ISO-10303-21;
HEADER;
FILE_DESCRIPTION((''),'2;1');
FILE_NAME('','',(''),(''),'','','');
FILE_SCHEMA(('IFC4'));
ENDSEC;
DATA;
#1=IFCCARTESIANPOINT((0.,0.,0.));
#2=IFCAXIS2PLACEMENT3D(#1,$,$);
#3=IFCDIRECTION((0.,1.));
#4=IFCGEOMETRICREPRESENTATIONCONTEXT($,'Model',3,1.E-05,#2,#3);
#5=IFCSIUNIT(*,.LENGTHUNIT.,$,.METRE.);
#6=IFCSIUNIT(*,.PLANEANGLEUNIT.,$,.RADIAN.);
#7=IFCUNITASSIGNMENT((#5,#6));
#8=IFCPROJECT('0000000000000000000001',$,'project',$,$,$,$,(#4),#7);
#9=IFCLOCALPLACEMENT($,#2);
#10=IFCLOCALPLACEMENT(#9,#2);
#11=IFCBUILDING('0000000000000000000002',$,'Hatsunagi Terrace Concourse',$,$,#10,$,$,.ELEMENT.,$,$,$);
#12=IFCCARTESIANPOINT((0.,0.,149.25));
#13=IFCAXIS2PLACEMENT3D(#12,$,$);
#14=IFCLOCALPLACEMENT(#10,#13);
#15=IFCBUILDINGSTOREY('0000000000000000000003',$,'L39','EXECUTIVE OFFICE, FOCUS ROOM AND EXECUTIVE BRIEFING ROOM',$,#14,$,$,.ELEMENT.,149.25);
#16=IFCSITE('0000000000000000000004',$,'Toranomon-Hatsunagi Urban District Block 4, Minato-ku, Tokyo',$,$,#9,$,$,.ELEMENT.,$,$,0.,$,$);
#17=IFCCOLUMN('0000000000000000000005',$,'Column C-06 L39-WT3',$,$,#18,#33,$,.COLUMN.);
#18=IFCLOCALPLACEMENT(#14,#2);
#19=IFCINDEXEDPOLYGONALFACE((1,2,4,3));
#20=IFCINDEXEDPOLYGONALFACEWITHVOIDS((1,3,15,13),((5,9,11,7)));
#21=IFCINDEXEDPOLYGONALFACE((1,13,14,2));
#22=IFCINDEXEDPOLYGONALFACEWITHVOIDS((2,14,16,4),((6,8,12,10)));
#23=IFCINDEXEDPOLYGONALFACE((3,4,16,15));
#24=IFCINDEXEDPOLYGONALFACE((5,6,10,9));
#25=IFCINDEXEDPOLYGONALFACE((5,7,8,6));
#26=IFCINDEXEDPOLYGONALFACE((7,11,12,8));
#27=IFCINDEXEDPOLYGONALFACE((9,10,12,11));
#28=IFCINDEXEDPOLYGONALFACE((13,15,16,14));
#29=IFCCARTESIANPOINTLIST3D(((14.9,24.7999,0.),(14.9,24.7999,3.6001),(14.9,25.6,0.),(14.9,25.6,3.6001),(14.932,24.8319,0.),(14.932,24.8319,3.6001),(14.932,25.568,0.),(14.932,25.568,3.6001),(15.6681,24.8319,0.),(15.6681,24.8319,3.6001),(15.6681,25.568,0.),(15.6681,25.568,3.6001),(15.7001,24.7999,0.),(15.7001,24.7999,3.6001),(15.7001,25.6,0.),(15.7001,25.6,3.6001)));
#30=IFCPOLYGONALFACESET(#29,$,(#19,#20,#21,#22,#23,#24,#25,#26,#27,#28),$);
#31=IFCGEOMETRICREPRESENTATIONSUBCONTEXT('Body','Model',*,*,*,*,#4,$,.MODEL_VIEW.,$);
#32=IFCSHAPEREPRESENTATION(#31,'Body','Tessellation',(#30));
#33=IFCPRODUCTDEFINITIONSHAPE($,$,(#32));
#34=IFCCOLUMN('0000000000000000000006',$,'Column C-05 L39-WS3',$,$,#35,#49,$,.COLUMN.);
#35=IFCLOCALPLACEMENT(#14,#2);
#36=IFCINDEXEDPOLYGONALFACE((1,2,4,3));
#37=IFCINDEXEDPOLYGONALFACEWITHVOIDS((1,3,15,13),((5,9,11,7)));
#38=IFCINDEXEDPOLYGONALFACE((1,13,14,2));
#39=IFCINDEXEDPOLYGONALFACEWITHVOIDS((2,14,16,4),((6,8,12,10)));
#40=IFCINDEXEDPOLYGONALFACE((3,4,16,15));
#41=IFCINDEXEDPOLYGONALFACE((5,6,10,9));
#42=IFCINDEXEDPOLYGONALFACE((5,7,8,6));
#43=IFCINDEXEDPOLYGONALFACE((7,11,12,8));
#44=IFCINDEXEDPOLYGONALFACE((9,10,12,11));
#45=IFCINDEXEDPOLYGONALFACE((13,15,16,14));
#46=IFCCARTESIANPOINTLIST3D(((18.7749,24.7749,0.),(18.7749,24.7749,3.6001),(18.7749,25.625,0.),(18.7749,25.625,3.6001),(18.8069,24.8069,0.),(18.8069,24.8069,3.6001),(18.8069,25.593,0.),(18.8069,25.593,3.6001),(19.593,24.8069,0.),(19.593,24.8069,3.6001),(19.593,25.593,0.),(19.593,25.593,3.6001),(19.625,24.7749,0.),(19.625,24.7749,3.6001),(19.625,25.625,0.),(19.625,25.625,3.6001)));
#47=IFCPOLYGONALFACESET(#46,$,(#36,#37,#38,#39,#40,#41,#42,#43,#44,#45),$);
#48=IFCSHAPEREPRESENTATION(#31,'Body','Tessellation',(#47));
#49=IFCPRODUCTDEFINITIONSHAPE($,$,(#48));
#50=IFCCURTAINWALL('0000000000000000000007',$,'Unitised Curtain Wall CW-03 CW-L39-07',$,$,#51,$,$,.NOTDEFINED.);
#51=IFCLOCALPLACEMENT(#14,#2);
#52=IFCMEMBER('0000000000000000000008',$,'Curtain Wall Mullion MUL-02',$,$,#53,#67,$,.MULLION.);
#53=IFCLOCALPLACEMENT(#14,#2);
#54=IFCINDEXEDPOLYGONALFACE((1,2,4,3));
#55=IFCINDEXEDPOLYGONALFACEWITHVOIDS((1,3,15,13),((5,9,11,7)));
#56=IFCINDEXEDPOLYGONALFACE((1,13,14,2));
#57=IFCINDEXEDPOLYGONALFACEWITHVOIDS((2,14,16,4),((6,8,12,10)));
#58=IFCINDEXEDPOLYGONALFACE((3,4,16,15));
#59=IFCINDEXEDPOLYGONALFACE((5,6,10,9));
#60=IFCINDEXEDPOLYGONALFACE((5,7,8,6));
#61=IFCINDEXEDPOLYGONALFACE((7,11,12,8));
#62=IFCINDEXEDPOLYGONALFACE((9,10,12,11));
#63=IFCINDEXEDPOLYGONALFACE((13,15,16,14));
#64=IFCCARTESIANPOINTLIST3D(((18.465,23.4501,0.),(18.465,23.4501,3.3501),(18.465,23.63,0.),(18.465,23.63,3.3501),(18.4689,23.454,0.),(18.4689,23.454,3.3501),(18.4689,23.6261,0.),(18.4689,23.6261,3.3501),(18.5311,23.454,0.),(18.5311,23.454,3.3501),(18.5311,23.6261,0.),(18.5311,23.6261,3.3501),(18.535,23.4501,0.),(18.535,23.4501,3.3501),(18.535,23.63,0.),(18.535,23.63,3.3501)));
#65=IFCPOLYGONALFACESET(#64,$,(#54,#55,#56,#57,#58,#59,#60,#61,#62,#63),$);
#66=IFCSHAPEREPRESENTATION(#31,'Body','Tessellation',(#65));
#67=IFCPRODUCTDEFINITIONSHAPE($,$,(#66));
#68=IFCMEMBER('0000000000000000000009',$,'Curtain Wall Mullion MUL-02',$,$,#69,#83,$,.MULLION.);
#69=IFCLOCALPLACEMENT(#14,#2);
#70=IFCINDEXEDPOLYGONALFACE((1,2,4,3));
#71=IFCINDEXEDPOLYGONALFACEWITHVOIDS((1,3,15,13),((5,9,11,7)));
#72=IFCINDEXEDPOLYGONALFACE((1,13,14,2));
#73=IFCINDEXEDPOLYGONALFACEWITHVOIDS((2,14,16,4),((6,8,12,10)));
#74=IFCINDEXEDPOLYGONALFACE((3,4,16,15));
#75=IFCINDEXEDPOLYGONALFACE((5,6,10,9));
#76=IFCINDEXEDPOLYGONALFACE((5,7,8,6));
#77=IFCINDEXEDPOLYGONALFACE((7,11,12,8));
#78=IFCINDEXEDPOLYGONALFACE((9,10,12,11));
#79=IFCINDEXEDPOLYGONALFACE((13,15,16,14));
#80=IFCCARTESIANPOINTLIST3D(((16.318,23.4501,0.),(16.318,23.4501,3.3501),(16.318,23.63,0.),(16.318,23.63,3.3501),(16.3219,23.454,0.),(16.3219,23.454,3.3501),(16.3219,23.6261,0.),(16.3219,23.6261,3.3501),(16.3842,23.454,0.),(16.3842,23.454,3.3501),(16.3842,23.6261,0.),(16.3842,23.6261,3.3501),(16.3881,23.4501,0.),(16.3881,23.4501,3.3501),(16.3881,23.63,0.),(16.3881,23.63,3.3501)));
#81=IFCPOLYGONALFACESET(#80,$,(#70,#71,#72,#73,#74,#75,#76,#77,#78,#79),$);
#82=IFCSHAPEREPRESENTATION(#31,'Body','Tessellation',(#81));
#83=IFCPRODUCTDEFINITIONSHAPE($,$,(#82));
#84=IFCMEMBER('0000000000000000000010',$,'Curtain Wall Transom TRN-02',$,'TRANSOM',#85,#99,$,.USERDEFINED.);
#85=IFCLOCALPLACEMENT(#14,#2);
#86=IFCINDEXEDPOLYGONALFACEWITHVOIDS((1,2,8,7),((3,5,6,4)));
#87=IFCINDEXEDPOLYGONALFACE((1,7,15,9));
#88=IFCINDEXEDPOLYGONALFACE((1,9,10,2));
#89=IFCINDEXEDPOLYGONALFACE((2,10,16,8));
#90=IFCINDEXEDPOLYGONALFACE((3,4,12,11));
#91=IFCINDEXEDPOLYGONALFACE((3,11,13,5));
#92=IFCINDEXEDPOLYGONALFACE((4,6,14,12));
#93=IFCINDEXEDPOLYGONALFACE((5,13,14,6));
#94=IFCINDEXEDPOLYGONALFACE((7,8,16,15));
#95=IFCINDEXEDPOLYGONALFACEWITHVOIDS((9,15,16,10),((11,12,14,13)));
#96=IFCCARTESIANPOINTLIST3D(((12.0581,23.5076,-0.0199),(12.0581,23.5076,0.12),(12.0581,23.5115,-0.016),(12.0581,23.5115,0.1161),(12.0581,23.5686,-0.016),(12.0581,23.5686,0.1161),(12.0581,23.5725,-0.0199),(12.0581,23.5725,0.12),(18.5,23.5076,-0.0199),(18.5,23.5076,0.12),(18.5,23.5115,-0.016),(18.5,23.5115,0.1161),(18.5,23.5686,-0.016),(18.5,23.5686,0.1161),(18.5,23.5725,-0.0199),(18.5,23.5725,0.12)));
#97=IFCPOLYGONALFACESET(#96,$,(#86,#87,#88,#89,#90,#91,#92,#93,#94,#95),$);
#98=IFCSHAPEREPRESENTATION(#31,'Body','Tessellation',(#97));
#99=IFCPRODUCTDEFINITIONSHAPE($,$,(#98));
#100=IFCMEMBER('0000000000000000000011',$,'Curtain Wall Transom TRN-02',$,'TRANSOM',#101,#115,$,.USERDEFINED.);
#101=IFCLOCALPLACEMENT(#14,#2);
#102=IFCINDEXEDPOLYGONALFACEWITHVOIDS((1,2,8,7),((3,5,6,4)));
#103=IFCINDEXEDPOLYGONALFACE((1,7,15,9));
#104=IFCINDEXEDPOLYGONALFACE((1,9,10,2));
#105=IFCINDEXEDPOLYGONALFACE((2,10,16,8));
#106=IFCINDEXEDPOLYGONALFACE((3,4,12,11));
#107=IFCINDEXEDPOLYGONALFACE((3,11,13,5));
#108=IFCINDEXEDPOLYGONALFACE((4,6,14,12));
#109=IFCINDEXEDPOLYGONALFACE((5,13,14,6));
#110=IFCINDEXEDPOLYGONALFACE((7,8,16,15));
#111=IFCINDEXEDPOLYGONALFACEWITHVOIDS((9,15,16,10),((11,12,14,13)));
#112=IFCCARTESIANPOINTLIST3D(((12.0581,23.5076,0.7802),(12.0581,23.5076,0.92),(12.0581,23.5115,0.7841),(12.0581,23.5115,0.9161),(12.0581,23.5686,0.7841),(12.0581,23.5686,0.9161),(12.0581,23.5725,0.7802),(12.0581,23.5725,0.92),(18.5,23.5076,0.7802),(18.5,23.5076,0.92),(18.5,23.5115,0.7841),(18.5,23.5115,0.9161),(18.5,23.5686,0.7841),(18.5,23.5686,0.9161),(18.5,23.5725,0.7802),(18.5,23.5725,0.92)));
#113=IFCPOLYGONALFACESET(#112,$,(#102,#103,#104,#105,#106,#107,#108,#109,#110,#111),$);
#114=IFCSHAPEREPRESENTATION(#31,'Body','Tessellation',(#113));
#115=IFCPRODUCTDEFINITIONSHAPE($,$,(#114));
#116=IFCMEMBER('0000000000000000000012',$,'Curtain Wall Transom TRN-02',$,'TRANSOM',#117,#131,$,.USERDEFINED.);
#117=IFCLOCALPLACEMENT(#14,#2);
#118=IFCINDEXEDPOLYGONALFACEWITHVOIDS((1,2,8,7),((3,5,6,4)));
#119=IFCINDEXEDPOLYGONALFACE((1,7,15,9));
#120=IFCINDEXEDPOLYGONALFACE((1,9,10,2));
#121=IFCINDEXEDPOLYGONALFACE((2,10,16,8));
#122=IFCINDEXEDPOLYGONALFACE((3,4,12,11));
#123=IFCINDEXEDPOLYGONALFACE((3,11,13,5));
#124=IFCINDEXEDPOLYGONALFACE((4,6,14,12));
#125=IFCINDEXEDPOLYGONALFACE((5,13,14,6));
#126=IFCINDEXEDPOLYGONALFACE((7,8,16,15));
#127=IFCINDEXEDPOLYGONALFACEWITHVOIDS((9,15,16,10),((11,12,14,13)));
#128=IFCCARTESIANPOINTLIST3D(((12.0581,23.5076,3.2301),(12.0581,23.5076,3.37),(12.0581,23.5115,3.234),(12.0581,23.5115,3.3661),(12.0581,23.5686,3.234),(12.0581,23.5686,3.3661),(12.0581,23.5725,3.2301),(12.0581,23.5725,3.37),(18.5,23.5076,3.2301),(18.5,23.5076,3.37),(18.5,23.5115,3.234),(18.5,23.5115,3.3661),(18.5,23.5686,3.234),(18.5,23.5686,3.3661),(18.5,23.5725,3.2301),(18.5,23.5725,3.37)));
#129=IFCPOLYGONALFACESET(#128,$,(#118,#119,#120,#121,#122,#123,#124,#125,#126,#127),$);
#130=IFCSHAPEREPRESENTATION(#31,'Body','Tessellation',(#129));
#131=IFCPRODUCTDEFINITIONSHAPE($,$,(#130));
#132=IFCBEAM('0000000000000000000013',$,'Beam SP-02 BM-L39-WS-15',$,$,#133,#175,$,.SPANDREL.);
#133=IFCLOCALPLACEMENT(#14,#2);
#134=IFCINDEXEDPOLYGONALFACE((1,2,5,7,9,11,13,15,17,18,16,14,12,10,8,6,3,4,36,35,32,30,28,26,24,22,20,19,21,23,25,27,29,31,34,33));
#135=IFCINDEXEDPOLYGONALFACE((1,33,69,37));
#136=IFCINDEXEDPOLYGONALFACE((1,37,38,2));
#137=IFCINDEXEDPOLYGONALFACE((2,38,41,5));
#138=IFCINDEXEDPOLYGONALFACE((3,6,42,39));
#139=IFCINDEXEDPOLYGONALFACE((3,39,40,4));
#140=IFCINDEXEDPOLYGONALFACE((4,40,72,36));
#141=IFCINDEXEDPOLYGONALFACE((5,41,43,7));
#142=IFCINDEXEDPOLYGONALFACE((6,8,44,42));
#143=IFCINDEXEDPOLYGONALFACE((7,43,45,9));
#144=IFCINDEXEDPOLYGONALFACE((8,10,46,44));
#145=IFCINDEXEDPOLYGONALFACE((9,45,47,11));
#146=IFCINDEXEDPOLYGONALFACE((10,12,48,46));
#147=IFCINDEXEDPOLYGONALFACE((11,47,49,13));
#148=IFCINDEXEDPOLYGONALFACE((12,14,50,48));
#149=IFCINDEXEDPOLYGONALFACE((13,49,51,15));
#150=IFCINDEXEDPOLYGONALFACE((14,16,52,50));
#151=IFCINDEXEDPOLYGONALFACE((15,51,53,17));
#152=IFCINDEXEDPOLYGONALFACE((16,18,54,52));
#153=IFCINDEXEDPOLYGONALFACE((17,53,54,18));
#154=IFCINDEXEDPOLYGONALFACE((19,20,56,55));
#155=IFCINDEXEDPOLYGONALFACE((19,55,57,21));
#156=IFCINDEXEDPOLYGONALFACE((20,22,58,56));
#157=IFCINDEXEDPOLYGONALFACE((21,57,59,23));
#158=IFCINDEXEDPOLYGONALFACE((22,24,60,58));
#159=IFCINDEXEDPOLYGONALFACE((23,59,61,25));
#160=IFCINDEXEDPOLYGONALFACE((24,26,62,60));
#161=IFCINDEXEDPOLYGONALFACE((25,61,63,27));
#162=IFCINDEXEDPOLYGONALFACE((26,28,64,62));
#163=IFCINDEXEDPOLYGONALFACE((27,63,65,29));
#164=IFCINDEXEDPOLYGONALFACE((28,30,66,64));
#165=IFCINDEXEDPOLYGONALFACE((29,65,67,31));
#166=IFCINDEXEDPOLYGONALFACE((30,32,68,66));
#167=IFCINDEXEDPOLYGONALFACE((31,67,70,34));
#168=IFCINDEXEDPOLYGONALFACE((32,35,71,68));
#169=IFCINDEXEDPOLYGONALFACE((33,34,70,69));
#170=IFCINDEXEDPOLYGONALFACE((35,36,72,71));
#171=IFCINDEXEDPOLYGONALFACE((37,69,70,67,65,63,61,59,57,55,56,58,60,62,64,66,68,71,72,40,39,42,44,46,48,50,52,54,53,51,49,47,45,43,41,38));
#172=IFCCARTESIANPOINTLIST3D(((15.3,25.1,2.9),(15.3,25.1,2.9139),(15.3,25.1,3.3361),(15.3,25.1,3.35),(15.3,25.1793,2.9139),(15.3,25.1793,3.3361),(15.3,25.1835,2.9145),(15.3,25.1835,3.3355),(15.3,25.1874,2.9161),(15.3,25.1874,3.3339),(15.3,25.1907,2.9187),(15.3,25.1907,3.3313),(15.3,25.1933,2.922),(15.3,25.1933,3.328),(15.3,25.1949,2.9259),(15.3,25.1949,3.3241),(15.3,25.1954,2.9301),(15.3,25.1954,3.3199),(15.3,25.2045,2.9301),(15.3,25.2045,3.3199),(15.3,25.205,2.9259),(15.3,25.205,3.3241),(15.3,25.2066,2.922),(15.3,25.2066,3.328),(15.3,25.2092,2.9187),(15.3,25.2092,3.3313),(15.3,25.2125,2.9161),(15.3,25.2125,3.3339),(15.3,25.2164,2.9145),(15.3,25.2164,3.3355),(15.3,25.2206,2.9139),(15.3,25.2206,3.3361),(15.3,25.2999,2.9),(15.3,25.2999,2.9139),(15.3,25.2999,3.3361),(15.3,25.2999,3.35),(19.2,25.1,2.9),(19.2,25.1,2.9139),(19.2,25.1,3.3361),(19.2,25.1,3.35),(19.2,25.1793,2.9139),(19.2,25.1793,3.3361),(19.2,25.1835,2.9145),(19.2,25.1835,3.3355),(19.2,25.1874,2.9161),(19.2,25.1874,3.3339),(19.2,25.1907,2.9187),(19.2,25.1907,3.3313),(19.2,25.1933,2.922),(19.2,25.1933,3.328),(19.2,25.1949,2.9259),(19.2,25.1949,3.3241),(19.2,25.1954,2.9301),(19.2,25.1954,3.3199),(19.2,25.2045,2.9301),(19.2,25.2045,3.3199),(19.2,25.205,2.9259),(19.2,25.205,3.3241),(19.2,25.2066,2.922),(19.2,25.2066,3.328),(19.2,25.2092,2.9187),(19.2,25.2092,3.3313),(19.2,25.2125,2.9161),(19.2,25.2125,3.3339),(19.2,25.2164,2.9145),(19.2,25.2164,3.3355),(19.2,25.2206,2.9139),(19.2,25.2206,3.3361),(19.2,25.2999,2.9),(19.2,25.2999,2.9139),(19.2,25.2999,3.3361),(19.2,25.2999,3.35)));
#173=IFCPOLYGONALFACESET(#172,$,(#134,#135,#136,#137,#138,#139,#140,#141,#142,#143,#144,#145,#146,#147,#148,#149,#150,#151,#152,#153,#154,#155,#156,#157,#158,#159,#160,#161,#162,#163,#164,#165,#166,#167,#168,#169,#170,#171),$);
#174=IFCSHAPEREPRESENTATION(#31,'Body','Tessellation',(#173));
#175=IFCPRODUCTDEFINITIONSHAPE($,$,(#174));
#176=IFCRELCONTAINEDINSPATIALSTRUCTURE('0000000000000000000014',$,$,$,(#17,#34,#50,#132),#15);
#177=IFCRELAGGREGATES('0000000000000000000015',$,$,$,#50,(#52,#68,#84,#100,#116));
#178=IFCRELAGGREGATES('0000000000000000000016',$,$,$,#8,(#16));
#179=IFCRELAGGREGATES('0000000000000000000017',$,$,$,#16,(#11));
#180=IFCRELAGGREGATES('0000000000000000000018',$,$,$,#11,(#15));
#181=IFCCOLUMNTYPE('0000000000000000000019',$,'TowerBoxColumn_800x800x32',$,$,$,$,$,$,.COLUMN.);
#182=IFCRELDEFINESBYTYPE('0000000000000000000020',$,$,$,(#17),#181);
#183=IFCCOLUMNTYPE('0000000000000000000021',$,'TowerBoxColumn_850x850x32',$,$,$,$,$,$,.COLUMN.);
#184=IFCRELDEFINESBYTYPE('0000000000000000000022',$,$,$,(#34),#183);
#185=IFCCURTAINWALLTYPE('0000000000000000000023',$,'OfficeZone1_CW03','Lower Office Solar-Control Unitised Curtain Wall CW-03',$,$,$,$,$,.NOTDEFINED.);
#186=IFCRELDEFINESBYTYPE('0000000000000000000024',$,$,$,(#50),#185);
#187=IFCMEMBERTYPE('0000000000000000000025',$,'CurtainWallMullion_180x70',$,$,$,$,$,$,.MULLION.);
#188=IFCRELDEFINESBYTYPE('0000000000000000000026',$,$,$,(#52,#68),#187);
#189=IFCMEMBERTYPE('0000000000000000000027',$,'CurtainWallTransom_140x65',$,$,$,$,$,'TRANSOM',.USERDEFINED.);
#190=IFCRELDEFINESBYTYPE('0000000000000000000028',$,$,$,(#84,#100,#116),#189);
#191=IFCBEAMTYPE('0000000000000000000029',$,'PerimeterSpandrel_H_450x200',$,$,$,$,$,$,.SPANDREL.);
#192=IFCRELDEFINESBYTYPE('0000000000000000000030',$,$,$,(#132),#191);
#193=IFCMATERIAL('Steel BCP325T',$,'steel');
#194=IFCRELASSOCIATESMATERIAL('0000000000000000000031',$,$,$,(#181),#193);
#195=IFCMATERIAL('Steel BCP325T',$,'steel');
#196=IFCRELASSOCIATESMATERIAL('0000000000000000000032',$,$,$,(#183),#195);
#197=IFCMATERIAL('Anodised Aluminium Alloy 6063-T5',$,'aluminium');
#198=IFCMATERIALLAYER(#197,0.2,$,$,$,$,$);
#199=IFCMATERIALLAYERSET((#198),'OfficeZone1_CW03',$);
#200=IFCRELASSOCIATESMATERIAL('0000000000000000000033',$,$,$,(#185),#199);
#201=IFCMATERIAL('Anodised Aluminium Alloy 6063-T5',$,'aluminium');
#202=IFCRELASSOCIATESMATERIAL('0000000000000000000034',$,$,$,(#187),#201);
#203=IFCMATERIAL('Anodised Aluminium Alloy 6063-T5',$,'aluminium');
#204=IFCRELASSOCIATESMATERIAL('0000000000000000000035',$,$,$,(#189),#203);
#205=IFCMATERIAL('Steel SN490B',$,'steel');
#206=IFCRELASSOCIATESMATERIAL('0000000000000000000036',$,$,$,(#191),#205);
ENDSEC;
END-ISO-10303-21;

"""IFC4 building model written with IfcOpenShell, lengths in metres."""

from ifc_helpers import new_model, si_unit, direction, frame, origin, origin_2d, place, context, subcontext, project, spatial, hollow_rectangle, i_section, extrude, material, layer, layer_set, material_profile, profile_set, type_object, element, aggregate, save


model = new_model("IFC4")

# Units and contexts
model_context = context("Model", 3, precision=1e-05, world=origin(), true_north=direction((0.0, 1.0)))
body_context = subcontext(model_context, "Body", "Model", "MODEL_VIEW")
ifc_project = project(units=[si_unit("LENGTHUNIT", "METRE"), si_unit("PLANEANGLEUNIT", "RADIAN")], contexts=[model_context])

# Site, building, storey
site_placement = place(None, origin())
site = spatial("IfcSite", under=ifc_project, at=site_placement, Name="Toranomon-Hatsunagi Urban District Block 4, Minato-ku, Tokyo", CompositionType="ELEMENT", RefElevation=0.0)
building_placement = place(site_placement, origin())
building = spatial("IfcBuilding", under=site, at=building_placement, Name="Hatsunagi Terrace Concourse", CompositionType="ELEMENT")
storey_placement = place(building_placement, frame((0.0, 0.0, 149.25)))
storey = spatial("IfcBuildingStorey", under=building, at=storey_placement, Name="L39", Description="EXECUTIVE OFFICE, FOCUS ROOM AND EXECUTIVE BRIEFING ROOM", CompositionType="ELEMENT", Elevation=149.25)

# Columns
ifc_material_1 = material(Name="Steel BCP325T", Category="steel")
ifc_material_profile_1 = material_profile(ifc_material_1, hollow_rectangle(XDim=0.8, YDim=0.8, WallThickness=0.032, at=origin_2d()), Name="BCP-800x800x32")
ifc_profile_set_1 = profile_set([ifc_material_profile_1], Name="Steel BCP325T")
column_type_1 = type_object("IfcColumnType", Name="TowerBoxColumn_800x800x32", PredefinedType="COLUMN", material=ifc_profile_set_1)
column_1_placement = place(storey_placement, frame((15.3, 25.2, 0.0), z_axis=(0.0, 0.0, 1.0), x_axis=(1.0, 0.0, 0.0)))
element("IfcColumn", 1, at=column_1_placement, inside=storey, type_object=column_type_1, Name="Column C-06 L39-WT3", PredefinedType="COLUMN", context=body_context, shape_type="SweptSolid", body=[
    extrude(hollow_rectangle(XDim=0.8, YDim=0.8, WallThickness=0.032, at=origin_2d()), origin(), (0.0, 0.0, 1.0), 3.6001),
])
ifc_material_2 = material(Name="Steel BCP325T", Category="steel")
ifc_material_profile_2 = material_profile(ifc_material_2, hollow_rectangle(XDim=0.8501, YDim=0.8501, WallThickness=0.032, at=origin_2d()), Name="BCP-850x850x32")
ifc_profile_set_2 = profile_set([ifc_material_profile_2], Name="Steel BCP325T")
column_type_2 = type_object("IfcColumnType", Name="TowerBoxColumn_850x850x32", PredefinedType="COLUMN", material=ifc_profile_set_2)
column_2_placement = place(storey_placement, frame((19.2, 25.2, 0.0), z_axis=(0.0, 0.0, 1.0), x_axis=(1.0, 0.0, 0.0)))
element("IfcColumn", 2, at=column_2_placement, inside=storey, type_object=column_type_2, Name="Column C-05 L39-WS3", PredefinedType="COLUMN", context=body_context, shape_type="SweptSolid", body=[
    extrude(hollow_rectangle(XDim=0.8501, YDim=0.8501, WallThickness=0.032, at=origin_2d()), origin(), (0.0, 0.0, 1.0), 3.6001),
])

# Curtain wall, members
ifc_material_3 = material(Name="Anodised Aluminium Alloy 6063-T5", Category="aluminium")
ifc_layer_1 = layer(ifc_material_3, 0.2)
ifc_layer_set_1 = layer_set([ifc_layer_1], Name="OfficeZone1_CW03")
curtain_wall_type = type_object("IfcCurtainWallType", Name="OfficeZone1_CW03", Description="Lower Office Solar-Control Unitised Curtain Wall CW-03", PredefinedType="NOTDEFINED", material=ifc_layer_set_1)
curtain_wall_placement = place(storey_placement, origin())
curtain_wall = element("IfcCurtainWall", 3, at=curtain_wall_placement, inside=storey, type_object=curtain_wall_type, Name="Unitised Curtain Wall CW-03 CW-L39-07", PredefinedType="NOTDEFINED")
ifc_material_4 = material(Name="Anodised Aluminium Alloy 6063-T5", Category="aluminium")
ifc_material_profile_3 = material_profile(ifc_material_4, hollow_rectangle(XDim=0.0701, YDim=0.1799, WallThickness=0.0039, at=origin_2d()), Name="ALU-MUL-180x70x4")
ifc_profile_set_3 = profile_set([ifc_material_profile_3], Name="Anodised Aluminium Alloy 6063-T5")
member_type_1 = type_object("IfcMemberType", Name="CurtainWallMullion_180x70", PredefinedType="MULLION", material=ifc_profile_set_3)
member_1_placement = place(storey_placement, frame((18.5, 23.54, 0.0), z_axis=(0.0, 0.0, 1.0), x_axis=(-1.0, 0.0, 0.0)))
member_1 = element("IfcMember", 4, at=member_1_placement, type_object=member_type_1, Name="Curtain Wall Mullion MUL-02", PredefinedType="MULLION", context=body_context, shape_type="SweptSolid", body=[
    extrude(hollow_rectangle(XDim=0.0701, YDim=0.1799, WallThickness=0.0039, at=origin_2d()), origin(), (0.0, 0.0, 1.0), 3.3501),
])
member_2_placement = place(storey_placement, frame((16.353, 23.54, 0.0), z_axis=(0.0, 0.0, 1.0), x_axis=(-1.0, 0.0, 0.0)))
member_2 = element("IfcMember", 5, at=member_2_placement, type_object=member_type_1, Name="Curtain Wall Mullion MUL-02", PredefinedType="MULLION", context=body_context, shape_type="SweptSolid", body=[
    extrude(hollow_rectangle(XDim=0.0701, YDim=0.1799, WallThickness=0.0039, at=origin_2d()), origin(), (0.0, 0.0, 1.0), 3.3501),
])
ifc_material_5 = material(Name="Anodised Aluminium Alloy 6063-T5", Category="aluminium")
ifc_material_profile_4 = material_profile(ifc_material_5, hollow_rectangle(XDim=0.0649, YDim=0.1399, WallThickness=0.0039, at=origin_2d()), Name="ALU-TRN-140x65x4")
ifc_profile_set_4 = profile_set([ifc_material_profile_4], Name="Anodised Aluminium Alloy 6063-T5")
member_type_2 = type_object("IfcMemberType", Name="CurtainWallTransom_140x65", ElementType="TRANSOM", PredefinedType="USERDEFINED", material=ifc_profile_set_4)
member_3_placement = place(storey_placement, frame((18.5, 23.54, 0.05), z_axis=(-1.0, 0.0, 0.0), x_axis=(0.0, -1.0, 0.0)))
member_3 = element("IfcMember", 6, at=member_3_placement, type_object=member_type_2, Name="Curtain Wall Transom TRN-02", ObjectType="TRANSOM", PredefinedType="USERDEFINED", context=body_context, shape_type="SweptSolid", body=[
    extrude(hollow_rectangle(XDim=0.0649, YDim=0.1399, WallThickness=0.0039, at=origin_2d()), origin(), (0.0, 0.0, 1.0), 6.4419),
])
member_4_placement = place(storey_placement, frame((18.5, 23.54, 0.8501), z_axis=(-1.0, 0.0, 0.0), x_axis=(0.0, -1.0, 0.0)))
member_4 = element("IfcMember", 7, at=member_4_placement, type_object=member_type_2, Name="Curtain Wall Transom TRN-02", ObjectType="TRANSOM", PredefinedType="USERDEFINED", context=body_context, shape_type="SweptSolid", body=[
    extrude(hollow_rectangle(XDim=0.0649, YDim=0.1399, WallThickness=0.0039, at=origin_2d()), origin(), (0.0, 0.0, 1.0), 6.4419),
])
member_5_placement = place(storey_placement, frame((18.5, 23.54, 3.3), z_axis=(-1.0, 0.0, 0.0), x_axis=(0.0, -1.0, 0.0)))
member_5 = element("IfcMember", 8, at=member_5_placement, type_object=member_type_2, Name="Curtain Wall Transom TRN-02", ObjectType="TRANSOM", PredefinedType="USERDEFINED", context=body_context, shape_type="SweptSolid", body=[
    extrude(hollow_rectangle(XDim=0.0649, YDim=0.1399, WallThickness=0.0039, at=origin_2d()), origin(), (0.0, 0.0, 1.0), 6.4419),
])

# Beam
ifc_material_6 = material(Name="Steel SN490B", Category="steel")
ifc_material_profile_5 = material_profile(ifc_material_6, i_section(OverallWidth=0.2, OverallDepth=0.45, WebThickness=0.009, FlangeThickness=0.0139, FilletRadius=0.0161, at=origin_2d()), Name="H-450x200x9x14")
ifc_profile_set_5 = profile_set([ifc_material_profile_5], Name="Steel SN490B")
beam_type = type_object("IfcBeamType", Name="PerimeterSpandrel_H_450x200", PredefinedType="SPANDREL", material=ifc_profile_set_5)
beam_1_placement = place(storey_placement, frame((15.3, 25.2, 3.125), z_axis=(1.0, 0.0, 0.0), x_axis=(0.0, 1.0, 0.0)))
element("IfcBeam", 9, at=beam_1_placement, inside=storey, type_object=beam_type, Name="Beam SP-02 BM-L39-WS-15", PredefinedType="SPANDREL", context=body_context, shape_type="SweptSolid", body=[
    extrude(i_section(OverallWidth=0.2, OverallDepth=0.45, WebThickness=0.009, FlangeThickness=0.0139, FilletRadius=0.0161, at=origin_2d()), origin(), (0.0, 0.0, 1.0), 3.8999),
])

aggregate(curtain_wall, [member_1, member_2, member_3, member_4, member_5])

save(model, "model.ifc")
